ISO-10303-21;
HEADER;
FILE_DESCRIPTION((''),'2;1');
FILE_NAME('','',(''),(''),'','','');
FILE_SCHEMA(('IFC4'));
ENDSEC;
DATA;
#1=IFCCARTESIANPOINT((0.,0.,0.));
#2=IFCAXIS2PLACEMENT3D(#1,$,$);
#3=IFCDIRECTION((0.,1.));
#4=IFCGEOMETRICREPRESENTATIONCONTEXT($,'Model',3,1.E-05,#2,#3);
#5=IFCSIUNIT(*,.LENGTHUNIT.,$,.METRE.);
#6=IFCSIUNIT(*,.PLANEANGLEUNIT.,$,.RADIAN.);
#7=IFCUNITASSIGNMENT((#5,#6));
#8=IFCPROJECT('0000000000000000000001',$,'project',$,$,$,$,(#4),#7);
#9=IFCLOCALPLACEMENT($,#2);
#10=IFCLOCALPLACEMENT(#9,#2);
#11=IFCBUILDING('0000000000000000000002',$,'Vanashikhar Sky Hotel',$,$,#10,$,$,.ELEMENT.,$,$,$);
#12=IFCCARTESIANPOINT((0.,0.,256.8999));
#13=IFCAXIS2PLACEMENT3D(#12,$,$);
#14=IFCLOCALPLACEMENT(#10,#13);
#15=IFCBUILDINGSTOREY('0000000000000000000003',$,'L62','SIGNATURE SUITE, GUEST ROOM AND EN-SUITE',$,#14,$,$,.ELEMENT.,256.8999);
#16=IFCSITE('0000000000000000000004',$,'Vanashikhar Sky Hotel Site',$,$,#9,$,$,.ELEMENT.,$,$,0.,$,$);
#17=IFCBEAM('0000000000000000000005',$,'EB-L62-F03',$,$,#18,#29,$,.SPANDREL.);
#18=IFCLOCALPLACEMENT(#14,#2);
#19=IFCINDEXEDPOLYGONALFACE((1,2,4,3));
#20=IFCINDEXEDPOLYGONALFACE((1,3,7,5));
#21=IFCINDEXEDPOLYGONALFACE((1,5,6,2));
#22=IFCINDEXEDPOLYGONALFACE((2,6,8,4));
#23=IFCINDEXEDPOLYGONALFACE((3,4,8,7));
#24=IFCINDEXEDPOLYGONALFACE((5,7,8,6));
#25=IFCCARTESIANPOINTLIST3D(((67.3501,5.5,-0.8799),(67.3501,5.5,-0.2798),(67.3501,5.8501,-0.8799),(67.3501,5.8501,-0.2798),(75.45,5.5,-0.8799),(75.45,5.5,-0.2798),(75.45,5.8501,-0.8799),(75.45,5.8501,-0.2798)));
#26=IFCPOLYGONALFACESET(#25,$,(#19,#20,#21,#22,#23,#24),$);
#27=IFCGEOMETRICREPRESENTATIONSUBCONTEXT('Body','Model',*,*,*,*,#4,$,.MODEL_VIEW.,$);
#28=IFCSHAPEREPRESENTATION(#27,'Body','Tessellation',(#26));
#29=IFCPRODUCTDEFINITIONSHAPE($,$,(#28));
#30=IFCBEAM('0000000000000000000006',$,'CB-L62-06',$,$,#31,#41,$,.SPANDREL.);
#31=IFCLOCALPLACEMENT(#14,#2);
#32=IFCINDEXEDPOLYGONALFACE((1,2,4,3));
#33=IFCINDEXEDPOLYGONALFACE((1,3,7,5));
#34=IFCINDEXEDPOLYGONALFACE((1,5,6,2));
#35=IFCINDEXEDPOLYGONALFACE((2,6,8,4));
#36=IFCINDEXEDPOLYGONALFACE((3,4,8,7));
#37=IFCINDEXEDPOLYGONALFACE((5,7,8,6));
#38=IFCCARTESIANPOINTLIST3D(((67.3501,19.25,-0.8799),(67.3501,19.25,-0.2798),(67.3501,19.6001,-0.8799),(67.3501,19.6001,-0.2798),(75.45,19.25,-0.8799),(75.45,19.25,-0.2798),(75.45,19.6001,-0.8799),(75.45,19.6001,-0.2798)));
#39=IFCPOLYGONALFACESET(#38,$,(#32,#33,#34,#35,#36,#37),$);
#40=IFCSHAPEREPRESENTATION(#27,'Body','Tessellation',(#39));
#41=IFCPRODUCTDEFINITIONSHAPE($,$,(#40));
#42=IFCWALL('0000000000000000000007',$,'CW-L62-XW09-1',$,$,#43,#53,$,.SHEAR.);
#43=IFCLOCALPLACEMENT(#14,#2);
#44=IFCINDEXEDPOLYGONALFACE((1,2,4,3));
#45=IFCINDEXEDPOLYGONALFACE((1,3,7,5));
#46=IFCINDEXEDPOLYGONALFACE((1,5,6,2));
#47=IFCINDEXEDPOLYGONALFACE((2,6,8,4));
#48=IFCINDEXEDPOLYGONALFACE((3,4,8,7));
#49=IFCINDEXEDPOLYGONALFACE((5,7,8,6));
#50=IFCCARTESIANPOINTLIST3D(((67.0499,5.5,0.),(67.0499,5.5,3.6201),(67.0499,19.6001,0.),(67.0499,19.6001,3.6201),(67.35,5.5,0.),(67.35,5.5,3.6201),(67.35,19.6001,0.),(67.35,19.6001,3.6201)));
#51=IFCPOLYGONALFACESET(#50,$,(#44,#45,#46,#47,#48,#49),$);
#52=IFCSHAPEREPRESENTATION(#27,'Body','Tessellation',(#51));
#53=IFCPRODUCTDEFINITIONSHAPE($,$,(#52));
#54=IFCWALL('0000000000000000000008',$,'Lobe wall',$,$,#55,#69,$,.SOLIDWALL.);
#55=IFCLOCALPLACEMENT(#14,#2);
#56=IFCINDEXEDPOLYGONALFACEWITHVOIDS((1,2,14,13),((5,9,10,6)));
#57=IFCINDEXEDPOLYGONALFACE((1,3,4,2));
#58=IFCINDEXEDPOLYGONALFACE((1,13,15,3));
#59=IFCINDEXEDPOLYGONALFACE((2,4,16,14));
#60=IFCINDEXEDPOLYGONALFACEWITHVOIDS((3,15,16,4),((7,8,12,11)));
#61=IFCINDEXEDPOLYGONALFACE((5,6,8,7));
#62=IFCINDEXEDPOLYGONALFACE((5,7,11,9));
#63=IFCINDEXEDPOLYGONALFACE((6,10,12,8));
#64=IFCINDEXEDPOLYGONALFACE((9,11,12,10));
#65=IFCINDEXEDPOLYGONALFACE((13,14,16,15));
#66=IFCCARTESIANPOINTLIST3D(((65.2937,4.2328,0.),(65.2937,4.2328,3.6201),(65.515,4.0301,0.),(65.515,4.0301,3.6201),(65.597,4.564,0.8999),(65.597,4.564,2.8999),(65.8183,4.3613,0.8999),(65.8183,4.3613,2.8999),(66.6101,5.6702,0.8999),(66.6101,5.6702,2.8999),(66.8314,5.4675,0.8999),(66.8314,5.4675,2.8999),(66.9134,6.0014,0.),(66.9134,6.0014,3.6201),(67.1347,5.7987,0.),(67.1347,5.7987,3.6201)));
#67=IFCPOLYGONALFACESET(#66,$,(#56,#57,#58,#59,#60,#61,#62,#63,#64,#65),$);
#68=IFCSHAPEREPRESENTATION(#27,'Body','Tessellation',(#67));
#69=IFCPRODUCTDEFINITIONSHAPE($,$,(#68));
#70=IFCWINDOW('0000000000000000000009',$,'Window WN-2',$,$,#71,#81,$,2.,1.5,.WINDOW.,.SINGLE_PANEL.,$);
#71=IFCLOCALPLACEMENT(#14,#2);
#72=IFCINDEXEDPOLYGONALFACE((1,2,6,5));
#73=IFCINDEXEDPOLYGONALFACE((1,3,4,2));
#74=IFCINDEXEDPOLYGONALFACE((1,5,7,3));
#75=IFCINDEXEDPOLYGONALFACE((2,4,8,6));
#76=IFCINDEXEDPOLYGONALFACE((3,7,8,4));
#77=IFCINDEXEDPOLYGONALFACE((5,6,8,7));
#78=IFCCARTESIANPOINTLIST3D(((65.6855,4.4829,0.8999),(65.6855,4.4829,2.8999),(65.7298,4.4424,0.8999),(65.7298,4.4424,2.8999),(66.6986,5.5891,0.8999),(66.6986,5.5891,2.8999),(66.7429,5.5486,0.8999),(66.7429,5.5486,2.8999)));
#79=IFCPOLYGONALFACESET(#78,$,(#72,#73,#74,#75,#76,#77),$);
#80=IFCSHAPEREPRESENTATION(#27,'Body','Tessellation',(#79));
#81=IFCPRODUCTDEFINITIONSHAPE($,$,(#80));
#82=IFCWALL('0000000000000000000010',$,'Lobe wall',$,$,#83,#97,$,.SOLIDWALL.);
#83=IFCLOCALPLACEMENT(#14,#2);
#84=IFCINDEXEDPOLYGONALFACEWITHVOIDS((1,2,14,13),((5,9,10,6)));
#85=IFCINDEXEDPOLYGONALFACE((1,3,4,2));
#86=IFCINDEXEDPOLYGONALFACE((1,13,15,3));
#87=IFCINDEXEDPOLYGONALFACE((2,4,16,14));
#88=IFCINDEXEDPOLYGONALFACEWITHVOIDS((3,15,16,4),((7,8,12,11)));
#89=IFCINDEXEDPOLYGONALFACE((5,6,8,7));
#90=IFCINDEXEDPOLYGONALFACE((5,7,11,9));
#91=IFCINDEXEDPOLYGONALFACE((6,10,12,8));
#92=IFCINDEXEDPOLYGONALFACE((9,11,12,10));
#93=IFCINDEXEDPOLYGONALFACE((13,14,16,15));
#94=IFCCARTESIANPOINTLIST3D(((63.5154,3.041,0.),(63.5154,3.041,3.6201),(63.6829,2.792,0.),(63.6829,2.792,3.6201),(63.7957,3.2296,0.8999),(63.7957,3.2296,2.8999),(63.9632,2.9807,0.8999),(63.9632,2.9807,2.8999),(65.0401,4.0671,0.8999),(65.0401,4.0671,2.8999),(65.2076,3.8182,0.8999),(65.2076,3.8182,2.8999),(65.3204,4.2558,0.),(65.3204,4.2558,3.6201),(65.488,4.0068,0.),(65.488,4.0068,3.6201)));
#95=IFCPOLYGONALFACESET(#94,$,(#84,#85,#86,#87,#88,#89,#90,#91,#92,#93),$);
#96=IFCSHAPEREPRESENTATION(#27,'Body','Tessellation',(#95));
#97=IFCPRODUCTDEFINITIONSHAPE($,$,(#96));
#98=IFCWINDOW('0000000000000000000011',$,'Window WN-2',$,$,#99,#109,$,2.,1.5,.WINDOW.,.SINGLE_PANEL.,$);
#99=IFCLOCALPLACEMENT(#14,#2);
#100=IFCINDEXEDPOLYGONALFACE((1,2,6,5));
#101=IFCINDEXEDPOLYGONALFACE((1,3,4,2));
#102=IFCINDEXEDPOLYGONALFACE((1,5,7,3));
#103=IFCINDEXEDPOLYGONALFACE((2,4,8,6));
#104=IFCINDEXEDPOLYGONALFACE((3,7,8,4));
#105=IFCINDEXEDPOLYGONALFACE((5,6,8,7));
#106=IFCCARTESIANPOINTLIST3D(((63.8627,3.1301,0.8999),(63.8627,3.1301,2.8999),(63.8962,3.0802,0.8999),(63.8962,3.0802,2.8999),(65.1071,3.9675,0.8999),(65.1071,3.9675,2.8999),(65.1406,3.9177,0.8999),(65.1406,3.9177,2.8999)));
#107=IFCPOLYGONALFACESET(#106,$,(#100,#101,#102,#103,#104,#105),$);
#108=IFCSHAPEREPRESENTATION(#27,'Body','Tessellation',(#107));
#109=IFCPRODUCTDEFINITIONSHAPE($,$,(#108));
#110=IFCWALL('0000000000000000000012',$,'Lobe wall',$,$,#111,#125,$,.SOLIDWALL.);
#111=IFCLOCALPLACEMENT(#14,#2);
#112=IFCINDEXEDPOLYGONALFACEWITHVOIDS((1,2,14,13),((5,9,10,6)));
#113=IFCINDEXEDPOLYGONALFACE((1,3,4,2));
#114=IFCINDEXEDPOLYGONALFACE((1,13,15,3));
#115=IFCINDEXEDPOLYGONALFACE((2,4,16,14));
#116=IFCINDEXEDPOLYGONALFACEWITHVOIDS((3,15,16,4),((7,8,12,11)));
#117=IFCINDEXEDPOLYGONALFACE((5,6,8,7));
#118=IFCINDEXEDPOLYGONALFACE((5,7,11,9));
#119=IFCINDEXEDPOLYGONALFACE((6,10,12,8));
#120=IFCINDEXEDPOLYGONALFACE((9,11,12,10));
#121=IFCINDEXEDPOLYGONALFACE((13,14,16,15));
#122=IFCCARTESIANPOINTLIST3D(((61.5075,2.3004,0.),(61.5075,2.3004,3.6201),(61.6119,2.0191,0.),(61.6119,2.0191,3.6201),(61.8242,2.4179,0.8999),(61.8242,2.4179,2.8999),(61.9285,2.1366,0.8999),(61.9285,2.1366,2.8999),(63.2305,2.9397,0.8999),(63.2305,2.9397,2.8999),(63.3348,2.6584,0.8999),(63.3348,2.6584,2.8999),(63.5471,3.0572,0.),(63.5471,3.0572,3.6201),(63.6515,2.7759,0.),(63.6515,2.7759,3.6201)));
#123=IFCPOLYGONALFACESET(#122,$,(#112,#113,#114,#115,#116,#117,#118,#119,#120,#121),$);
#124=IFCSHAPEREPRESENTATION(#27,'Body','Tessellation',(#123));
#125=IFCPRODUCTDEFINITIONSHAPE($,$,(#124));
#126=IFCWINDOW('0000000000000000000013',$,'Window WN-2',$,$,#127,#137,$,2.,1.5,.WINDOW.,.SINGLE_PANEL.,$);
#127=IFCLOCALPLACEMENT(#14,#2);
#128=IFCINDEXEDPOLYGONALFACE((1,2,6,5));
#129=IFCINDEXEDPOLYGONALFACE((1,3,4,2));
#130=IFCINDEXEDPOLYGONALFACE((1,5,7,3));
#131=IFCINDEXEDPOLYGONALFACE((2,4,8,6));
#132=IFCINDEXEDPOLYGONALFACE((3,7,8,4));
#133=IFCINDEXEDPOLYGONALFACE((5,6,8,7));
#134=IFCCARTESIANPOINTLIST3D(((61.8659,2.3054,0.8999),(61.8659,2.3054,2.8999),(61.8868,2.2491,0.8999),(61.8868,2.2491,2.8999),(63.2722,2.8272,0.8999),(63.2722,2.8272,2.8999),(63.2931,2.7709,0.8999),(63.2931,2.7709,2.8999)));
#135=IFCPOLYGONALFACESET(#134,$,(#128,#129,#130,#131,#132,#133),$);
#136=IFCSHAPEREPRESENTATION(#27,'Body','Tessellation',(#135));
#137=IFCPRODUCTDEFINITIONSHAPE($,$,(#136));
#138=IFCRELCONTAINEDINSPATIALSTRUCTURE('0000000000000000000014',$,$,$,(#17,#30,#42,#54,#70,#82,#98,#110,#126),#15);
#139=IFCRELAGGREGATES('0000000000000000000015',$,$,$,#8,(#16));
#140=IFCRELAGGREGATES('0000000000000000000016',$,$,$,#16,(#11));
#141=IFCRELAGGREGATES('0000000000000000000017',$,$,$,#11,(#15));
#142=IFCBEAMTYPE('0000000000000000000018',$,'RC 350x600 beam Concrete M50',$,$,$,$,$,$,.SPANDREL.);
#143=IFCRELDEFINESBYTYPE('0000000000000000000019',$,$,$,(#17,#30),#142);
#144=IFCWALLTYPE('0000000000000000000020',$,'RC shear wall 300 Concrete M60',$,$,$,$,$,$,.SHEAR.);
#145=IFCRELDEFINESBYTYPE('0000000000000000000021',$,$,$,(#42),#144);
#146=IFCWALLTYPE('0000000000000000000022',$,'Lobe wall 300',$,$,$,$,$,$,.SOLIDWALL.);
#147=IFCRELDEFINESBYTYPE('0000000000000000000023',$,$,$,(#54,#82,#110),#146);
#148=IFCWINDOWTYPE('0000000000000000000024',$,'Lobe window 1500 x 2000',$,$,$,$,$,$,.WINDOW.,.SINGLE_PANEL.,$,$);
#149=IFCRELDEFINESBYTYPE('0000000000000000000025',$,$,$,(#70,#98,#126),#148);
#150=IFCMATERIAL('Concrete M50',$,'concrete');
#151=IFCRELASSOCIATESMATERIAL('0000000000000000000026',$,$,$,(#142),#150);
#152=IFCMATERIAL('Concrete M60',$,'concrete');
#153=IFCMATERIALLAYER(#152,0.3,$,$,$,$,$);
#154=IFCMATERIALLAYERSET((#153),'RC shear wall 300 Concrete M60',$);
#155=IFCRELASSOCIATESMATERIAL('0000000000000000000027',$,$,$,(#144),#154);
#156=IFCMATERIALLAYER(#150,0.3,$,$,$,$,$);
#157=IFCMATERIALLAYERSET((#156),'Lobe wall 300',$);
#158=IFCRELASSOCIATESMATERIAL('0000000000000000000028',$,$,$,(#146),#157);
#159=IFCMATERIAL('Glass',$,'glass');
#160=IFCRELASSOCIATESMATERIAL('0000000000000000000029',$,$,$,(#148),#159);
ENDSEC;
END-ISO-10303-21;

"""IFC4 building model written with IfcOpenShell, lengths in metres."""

from ifc_helpers import new_model, si_unit, direction, frame, frame_2d, origin, origin_2d, place, context, subcontext, project, spatial, rectangle, extrude, source, transform, mapped, material, layer, layer_set, material_profile, profile_set, type_object, element, fill, save


model = new_model("IFC4")

# Units and contexts
model_context = context("Model", 3, precision=1e-05, world=origin(), true_north=direction((0.0, 1.0)))
body_context = subcontext(model_context, "Body", "Model", "MODEL_VIEW")
ifc_project = project(units=[si_unit("LENGTHUNIT", "METRE"), si_unit("PLANEANGLEUNIT", "RADIAN")], contexts=[model_context])

# Site, building, storey
site_placement = place(None, origin())
site = spatial("IfcSite", under=ifc_project, at=site_placement, Name="Vanashikhar Sky Hotel Site", CompositionType="ELEMENT", RefElevation=0.0)
building_placement = place(site_placement, origin())
building = spatial("IfcBuilding", under=site, at=building_placement, Name="Vanashikhar Sky Hotel", CompositionType="ELEMENT")
storey_placement = place(building_placement, frame((0.0, 0.0, 256.8999)))
storey = spatial("IfcBuildingStorey", under=building, at=storey_placement, Name="L62", Description="SIGNATURE SUITE, GUEST ROOM AND EN-SUITE", CompositionType="ELEMENT", Elevation=256.8999)

# Beams
ifc_material_1 = material(Name="Concrete M50", Category="concrete")
ifc_material_profile_1 = material_profile(ifc_material_1, rectangle(XDim=0.3501, YDim=0.6001, at=origin_2d()))
ifc_profile_set_1 = profile_set([ifc_material_profile_1], Name="RC 350x600 beam Concrete M50")
beam_type = type_object("IfcBeamType", Name="RC 350x600 beam Concrete M50", PredefinedType="SPANDREL", material=ifc_profile_set_1)
shared_shape_1 = source(origin(), body_context, "Body", "SweptSolid", [
    extrude(rectangle(XDim=0.3501, YDim=0.6001, at=origin_2d()), origin(), (0.0, 0.0, 1.0), 8.0999),
])
for number, where, z_axis, x_axis, name in (
    (1, (67.3501, 5.675, -0.5798), (1.0, 0.0, 0.0), (0.0, 1.0, 0.0), "EB-L62-F03"),
    (2, (67.3501, 19.425, -0.5798), (1.0, 0.0, 0.0), (0.0, 1.0, 0.0), "CB-L62-06"),
):
    element("IfcBeam", number, at=place(storey_placement, frame(where, z_axis=z_axis, x_axis=x_axis)), inside=storey, type_object=beam_type, Name=name, PredefinedType="SPANDREL", context=body_context, shape_type="MappedRepresentation", body=[
        mapped(shared_shape_1, transform((0.0, 0.0, 0.0), scale=1.0)),
    ])

# Wall
ifc_material_2 = material(Name="Concrete M60", Category="concrete")
ifc_layer_1 = layer(ifc_material_2, 0.3)
ifc_layer_set_1 = layer_set([ifc_layer_1], Name="RC shear wall 300 Concrete M60")
wall_type_1 = type_object("IfcWallType", Name="RC shear wall 300 Concrete M60", PredefinedType="SHEAR", material=ifc_layer_set_1)
shared_shape_2 = source(origin(), body_context, "Body", "SweptSolid", [
    extrude(rectangle(XDim=14.1001, YDim=0.3, at=frame_2d((7.05, 0.0))), origin(), (0.0, 0.0, 1.0), 3.6201),
])
wall_1_placement = place(storey_placement, frame((67.2, 5.5, 0.0), z_axis=(0.0, 0.0, 1.0), x_axis=(0.0, 1.0, 0.0)))
element("IfcWall", 3, at=wall_1_placement, inside=storey, type_object=wall_type_1, Name="CW-L62-XW09-1", PredefinedType="SHEAR", context=body_context, shape_type="MappedRepresentation", body=[
    mapped(shared_shape_2, transform((0.0, 0.0, 0.0), scale=1.0)),
])

# Shared definitions
ifc_material_3 = material(Name="Glass", Category="glass")

# Walls, openings, windows
ifc_layer_2 = layer(ifc_material_1, 0.3)
ifc_layer_set_2 = layer_set([ifc_layer_2], Name="Lobe wall 300")
wall_type_2 = type_object("IfcWallType", Name="Lobe wall 300", PredefinedType="SOLIDWALL", material=ifc_layer_set_2)
shared_shape_3 = source(origin(), body_context, "Body", "SweptSolid", [
    extrude(rectangle(XDim=2.3982, YDim=0.3, at=frame_2d((1.1992, 0.0))), origin(), (0.0, 0.0, 1.0), 3.6201),
])
wall_2_placement = place(storey_placement, frame((65.4043, 4.1313, 0.0), z_axis=(0.0, 0.0, 1.0), x_axis=(0.675374, 0.737475, 0.0)))
wall_2 = element("IfcWall", 4, at=wall_2_placement, inside=storey, type_object=wall_type_2, Name="Lobe wall", PredefinedType="SOLIDWALL", context=body_context, shape_type="MappedRepresentation", body=[
    mapped(shared_shape_3, transform((0.0, 0.0, 0.0), scale=1.0)),
])
shared_shape_4 = source(origin(), body_context, "Body", "SweptSolid", [
    extrude(rectangle(XDim=1.5, YDim=2.0, at=frame_2d((0.75, 1.0))), frame((0.0, 0.1602, 0.0), z_axis=(0.0, -1.0, 0.0), x_axis=(1.0, 0.0, 0.0)), (0.0, 0.0, 1.0), 0.3201),
])
opening_1_placement = place(wall_2_placement, frame((0.4492, 0.0, 0.8999)))
opening_1 = element("IfcOpeningElement", 5, at=opening_1_placement, cuts=wall_2, PredefinedType="OPENING", context=body_context, shape_type="MappedRepresentation", body=[
    mapped(shared_shape_4, transform((0.0, 0.0, 0.0), scale=1.0)),
])
window_type_1 = type_object("IfcWindowType", Name="Lobe window 1500 x 2000", PartitioningType="SINGLE_PANEL", PredefinedType="WINDOW", material=ifc_material_3)
shared_shape_5 = source(origin(), body_context, "Body", "SweptSolid", [
    extrude(rectangle(XDim=1.5, YDim=2.0, at=frame_2d((0.75, 1.0))), frame((0.0, 0.03, 0.0), z_axis=(0.0, -1.0, 0.0), x_axis=(1.0, 0.0, 0.0)), (0.0, 0.0, 1.0), 0.0601),
])
window_1_placement = place(opening_1_placement, origin())
window_1 = element("IfcWindow", 6, at=window_1_placement, inside=storey, type_object=window_type_1, Name="Window WN-2", OverallHeight=2.0, OverallWidth=1.5, PartitioningType="SINGLE_PANEL", PredefinedType="WINDOW", context=body_context, shape_type="MappedRepresentation", body=[
    mapped(shared_shape_5, transform((0.0, 0.0, 0.0), scale=1.0)),
])
fill(opening_1, window_1)
shared_shape_6 = source(origin(), body_context, "Body", "SweptSolid", [
    extrude(rectangle(XDim=2.1758, YDim=0.3, at=frame_2d((1.0879, 0.0))), origin(), (0.0, 0.0, 1.0), 3.6201),
])
wall_3_placement = place(storey_placement, frame((63.5991, 2.9165, 0.0), z_axis=(0.0, 0.0, 1.0), x_axis=(0.829626, 0.55832, 0.0)))
wall_3 = element("IfcWall", 7, at=wall_3_placement, inside=storey, type_object=wall_type_2, Name="Lobe wall", PredefinedType="SOLIDWALL", context=body_context, shape_type="MappedRepresentation", body=[
    mapped(shared_shape_6, transform((0.0, 0.0, 0.0), scale=1.0)),
])
opening_2_placement = place(wall_3_placement, frame((0.3379, 0.0, 0.8999)))
opening_2 = element("IfcOpeningElement", 8, at=opening_2_placement, cuts=wall_3, PredefinedType="OPENING", context=body_context, shape_type="MappedRepresentation", body=[
    mapped(shared_shape_4, transform((0.0, 0.0, 0.0), scale=1.0)),
])
window_2_placement = place(opening_2_placement, origin())
window_2 = element("IfcWindow", 9, at=window_2_placement, inside=storey, type_object=window_type_1, Name="Window WN-2", OverallHeight=2.0, OverallWidth=1.5, PartitioningType="SINGLE_PANEL", PredefinedType="WINDOW", context=body_context, shape_type="MappedRepresentation", body=[
    mapped(shared_shape_5, transform((0.0, 0.0, 0.0), scale=1.0)),
])
fill(opening_2, window_2)
shared_shape_7 = source(origin(), body_context, "Body", "SweptSolid", [
    extrude(rectangle(XDim=2.1755, YDim=0.3, at=frame_2d((1.0879, 0.0))), origin(), (0.0, 0.0, 1.0), 3.6201),
])
wall_4_placement = place(storey_placement, frame((61.5596, 2.1597, 0.0), z_axis=(0.0, 0.0, 1.0), x_axis=(0.937532, 0.347899, 0.0)))
wall_4 = element("IfcWall", 10, at=wall_4_placement, inside=storey, type_object=wall_type_2, Name="Lobe wall", PredefinedType="SOLIDWALL", context=body_context, shape_type="MappedRepresentation", body=[
    mapped(shared_shape_7, transform((0.0, 0.0, 0.0), scale=1.0)),
])
opening_3_placement = place(wall_4_placement, frame((0.3379, 0.0, 0.8999)))
opening_3 = element("IfcOpeningElement", 11, at=opening_3_placement, cuts=wall_4, PredefinedType="OPENING", context=body_context, shape_type="MappedRepresentation", body=[
    mapped(shared_shape_4, transform((0.0, 0.0, 0.0), scale=1.0)),
])
window_3_placement = place(opening_3_placement, origin())
window_3 = element("IfcWindow", 12, at=window_3_placement, inside=storey, type_object=window_type_1, Name="Window WN-2", OverallHeight=2.0, OverallWidth=1.5, PartitioningType="SINGLE_PANEL", PredefinedType="WINDOW", context=body_context, shape_type="MappedRepresentation", body=[
    mapped(shared_shape_5, transform((0.0, 0.0, 0.0), scale=1.0)),
])
fill(opening_3, window_3)

save(model, "model.ifc")
